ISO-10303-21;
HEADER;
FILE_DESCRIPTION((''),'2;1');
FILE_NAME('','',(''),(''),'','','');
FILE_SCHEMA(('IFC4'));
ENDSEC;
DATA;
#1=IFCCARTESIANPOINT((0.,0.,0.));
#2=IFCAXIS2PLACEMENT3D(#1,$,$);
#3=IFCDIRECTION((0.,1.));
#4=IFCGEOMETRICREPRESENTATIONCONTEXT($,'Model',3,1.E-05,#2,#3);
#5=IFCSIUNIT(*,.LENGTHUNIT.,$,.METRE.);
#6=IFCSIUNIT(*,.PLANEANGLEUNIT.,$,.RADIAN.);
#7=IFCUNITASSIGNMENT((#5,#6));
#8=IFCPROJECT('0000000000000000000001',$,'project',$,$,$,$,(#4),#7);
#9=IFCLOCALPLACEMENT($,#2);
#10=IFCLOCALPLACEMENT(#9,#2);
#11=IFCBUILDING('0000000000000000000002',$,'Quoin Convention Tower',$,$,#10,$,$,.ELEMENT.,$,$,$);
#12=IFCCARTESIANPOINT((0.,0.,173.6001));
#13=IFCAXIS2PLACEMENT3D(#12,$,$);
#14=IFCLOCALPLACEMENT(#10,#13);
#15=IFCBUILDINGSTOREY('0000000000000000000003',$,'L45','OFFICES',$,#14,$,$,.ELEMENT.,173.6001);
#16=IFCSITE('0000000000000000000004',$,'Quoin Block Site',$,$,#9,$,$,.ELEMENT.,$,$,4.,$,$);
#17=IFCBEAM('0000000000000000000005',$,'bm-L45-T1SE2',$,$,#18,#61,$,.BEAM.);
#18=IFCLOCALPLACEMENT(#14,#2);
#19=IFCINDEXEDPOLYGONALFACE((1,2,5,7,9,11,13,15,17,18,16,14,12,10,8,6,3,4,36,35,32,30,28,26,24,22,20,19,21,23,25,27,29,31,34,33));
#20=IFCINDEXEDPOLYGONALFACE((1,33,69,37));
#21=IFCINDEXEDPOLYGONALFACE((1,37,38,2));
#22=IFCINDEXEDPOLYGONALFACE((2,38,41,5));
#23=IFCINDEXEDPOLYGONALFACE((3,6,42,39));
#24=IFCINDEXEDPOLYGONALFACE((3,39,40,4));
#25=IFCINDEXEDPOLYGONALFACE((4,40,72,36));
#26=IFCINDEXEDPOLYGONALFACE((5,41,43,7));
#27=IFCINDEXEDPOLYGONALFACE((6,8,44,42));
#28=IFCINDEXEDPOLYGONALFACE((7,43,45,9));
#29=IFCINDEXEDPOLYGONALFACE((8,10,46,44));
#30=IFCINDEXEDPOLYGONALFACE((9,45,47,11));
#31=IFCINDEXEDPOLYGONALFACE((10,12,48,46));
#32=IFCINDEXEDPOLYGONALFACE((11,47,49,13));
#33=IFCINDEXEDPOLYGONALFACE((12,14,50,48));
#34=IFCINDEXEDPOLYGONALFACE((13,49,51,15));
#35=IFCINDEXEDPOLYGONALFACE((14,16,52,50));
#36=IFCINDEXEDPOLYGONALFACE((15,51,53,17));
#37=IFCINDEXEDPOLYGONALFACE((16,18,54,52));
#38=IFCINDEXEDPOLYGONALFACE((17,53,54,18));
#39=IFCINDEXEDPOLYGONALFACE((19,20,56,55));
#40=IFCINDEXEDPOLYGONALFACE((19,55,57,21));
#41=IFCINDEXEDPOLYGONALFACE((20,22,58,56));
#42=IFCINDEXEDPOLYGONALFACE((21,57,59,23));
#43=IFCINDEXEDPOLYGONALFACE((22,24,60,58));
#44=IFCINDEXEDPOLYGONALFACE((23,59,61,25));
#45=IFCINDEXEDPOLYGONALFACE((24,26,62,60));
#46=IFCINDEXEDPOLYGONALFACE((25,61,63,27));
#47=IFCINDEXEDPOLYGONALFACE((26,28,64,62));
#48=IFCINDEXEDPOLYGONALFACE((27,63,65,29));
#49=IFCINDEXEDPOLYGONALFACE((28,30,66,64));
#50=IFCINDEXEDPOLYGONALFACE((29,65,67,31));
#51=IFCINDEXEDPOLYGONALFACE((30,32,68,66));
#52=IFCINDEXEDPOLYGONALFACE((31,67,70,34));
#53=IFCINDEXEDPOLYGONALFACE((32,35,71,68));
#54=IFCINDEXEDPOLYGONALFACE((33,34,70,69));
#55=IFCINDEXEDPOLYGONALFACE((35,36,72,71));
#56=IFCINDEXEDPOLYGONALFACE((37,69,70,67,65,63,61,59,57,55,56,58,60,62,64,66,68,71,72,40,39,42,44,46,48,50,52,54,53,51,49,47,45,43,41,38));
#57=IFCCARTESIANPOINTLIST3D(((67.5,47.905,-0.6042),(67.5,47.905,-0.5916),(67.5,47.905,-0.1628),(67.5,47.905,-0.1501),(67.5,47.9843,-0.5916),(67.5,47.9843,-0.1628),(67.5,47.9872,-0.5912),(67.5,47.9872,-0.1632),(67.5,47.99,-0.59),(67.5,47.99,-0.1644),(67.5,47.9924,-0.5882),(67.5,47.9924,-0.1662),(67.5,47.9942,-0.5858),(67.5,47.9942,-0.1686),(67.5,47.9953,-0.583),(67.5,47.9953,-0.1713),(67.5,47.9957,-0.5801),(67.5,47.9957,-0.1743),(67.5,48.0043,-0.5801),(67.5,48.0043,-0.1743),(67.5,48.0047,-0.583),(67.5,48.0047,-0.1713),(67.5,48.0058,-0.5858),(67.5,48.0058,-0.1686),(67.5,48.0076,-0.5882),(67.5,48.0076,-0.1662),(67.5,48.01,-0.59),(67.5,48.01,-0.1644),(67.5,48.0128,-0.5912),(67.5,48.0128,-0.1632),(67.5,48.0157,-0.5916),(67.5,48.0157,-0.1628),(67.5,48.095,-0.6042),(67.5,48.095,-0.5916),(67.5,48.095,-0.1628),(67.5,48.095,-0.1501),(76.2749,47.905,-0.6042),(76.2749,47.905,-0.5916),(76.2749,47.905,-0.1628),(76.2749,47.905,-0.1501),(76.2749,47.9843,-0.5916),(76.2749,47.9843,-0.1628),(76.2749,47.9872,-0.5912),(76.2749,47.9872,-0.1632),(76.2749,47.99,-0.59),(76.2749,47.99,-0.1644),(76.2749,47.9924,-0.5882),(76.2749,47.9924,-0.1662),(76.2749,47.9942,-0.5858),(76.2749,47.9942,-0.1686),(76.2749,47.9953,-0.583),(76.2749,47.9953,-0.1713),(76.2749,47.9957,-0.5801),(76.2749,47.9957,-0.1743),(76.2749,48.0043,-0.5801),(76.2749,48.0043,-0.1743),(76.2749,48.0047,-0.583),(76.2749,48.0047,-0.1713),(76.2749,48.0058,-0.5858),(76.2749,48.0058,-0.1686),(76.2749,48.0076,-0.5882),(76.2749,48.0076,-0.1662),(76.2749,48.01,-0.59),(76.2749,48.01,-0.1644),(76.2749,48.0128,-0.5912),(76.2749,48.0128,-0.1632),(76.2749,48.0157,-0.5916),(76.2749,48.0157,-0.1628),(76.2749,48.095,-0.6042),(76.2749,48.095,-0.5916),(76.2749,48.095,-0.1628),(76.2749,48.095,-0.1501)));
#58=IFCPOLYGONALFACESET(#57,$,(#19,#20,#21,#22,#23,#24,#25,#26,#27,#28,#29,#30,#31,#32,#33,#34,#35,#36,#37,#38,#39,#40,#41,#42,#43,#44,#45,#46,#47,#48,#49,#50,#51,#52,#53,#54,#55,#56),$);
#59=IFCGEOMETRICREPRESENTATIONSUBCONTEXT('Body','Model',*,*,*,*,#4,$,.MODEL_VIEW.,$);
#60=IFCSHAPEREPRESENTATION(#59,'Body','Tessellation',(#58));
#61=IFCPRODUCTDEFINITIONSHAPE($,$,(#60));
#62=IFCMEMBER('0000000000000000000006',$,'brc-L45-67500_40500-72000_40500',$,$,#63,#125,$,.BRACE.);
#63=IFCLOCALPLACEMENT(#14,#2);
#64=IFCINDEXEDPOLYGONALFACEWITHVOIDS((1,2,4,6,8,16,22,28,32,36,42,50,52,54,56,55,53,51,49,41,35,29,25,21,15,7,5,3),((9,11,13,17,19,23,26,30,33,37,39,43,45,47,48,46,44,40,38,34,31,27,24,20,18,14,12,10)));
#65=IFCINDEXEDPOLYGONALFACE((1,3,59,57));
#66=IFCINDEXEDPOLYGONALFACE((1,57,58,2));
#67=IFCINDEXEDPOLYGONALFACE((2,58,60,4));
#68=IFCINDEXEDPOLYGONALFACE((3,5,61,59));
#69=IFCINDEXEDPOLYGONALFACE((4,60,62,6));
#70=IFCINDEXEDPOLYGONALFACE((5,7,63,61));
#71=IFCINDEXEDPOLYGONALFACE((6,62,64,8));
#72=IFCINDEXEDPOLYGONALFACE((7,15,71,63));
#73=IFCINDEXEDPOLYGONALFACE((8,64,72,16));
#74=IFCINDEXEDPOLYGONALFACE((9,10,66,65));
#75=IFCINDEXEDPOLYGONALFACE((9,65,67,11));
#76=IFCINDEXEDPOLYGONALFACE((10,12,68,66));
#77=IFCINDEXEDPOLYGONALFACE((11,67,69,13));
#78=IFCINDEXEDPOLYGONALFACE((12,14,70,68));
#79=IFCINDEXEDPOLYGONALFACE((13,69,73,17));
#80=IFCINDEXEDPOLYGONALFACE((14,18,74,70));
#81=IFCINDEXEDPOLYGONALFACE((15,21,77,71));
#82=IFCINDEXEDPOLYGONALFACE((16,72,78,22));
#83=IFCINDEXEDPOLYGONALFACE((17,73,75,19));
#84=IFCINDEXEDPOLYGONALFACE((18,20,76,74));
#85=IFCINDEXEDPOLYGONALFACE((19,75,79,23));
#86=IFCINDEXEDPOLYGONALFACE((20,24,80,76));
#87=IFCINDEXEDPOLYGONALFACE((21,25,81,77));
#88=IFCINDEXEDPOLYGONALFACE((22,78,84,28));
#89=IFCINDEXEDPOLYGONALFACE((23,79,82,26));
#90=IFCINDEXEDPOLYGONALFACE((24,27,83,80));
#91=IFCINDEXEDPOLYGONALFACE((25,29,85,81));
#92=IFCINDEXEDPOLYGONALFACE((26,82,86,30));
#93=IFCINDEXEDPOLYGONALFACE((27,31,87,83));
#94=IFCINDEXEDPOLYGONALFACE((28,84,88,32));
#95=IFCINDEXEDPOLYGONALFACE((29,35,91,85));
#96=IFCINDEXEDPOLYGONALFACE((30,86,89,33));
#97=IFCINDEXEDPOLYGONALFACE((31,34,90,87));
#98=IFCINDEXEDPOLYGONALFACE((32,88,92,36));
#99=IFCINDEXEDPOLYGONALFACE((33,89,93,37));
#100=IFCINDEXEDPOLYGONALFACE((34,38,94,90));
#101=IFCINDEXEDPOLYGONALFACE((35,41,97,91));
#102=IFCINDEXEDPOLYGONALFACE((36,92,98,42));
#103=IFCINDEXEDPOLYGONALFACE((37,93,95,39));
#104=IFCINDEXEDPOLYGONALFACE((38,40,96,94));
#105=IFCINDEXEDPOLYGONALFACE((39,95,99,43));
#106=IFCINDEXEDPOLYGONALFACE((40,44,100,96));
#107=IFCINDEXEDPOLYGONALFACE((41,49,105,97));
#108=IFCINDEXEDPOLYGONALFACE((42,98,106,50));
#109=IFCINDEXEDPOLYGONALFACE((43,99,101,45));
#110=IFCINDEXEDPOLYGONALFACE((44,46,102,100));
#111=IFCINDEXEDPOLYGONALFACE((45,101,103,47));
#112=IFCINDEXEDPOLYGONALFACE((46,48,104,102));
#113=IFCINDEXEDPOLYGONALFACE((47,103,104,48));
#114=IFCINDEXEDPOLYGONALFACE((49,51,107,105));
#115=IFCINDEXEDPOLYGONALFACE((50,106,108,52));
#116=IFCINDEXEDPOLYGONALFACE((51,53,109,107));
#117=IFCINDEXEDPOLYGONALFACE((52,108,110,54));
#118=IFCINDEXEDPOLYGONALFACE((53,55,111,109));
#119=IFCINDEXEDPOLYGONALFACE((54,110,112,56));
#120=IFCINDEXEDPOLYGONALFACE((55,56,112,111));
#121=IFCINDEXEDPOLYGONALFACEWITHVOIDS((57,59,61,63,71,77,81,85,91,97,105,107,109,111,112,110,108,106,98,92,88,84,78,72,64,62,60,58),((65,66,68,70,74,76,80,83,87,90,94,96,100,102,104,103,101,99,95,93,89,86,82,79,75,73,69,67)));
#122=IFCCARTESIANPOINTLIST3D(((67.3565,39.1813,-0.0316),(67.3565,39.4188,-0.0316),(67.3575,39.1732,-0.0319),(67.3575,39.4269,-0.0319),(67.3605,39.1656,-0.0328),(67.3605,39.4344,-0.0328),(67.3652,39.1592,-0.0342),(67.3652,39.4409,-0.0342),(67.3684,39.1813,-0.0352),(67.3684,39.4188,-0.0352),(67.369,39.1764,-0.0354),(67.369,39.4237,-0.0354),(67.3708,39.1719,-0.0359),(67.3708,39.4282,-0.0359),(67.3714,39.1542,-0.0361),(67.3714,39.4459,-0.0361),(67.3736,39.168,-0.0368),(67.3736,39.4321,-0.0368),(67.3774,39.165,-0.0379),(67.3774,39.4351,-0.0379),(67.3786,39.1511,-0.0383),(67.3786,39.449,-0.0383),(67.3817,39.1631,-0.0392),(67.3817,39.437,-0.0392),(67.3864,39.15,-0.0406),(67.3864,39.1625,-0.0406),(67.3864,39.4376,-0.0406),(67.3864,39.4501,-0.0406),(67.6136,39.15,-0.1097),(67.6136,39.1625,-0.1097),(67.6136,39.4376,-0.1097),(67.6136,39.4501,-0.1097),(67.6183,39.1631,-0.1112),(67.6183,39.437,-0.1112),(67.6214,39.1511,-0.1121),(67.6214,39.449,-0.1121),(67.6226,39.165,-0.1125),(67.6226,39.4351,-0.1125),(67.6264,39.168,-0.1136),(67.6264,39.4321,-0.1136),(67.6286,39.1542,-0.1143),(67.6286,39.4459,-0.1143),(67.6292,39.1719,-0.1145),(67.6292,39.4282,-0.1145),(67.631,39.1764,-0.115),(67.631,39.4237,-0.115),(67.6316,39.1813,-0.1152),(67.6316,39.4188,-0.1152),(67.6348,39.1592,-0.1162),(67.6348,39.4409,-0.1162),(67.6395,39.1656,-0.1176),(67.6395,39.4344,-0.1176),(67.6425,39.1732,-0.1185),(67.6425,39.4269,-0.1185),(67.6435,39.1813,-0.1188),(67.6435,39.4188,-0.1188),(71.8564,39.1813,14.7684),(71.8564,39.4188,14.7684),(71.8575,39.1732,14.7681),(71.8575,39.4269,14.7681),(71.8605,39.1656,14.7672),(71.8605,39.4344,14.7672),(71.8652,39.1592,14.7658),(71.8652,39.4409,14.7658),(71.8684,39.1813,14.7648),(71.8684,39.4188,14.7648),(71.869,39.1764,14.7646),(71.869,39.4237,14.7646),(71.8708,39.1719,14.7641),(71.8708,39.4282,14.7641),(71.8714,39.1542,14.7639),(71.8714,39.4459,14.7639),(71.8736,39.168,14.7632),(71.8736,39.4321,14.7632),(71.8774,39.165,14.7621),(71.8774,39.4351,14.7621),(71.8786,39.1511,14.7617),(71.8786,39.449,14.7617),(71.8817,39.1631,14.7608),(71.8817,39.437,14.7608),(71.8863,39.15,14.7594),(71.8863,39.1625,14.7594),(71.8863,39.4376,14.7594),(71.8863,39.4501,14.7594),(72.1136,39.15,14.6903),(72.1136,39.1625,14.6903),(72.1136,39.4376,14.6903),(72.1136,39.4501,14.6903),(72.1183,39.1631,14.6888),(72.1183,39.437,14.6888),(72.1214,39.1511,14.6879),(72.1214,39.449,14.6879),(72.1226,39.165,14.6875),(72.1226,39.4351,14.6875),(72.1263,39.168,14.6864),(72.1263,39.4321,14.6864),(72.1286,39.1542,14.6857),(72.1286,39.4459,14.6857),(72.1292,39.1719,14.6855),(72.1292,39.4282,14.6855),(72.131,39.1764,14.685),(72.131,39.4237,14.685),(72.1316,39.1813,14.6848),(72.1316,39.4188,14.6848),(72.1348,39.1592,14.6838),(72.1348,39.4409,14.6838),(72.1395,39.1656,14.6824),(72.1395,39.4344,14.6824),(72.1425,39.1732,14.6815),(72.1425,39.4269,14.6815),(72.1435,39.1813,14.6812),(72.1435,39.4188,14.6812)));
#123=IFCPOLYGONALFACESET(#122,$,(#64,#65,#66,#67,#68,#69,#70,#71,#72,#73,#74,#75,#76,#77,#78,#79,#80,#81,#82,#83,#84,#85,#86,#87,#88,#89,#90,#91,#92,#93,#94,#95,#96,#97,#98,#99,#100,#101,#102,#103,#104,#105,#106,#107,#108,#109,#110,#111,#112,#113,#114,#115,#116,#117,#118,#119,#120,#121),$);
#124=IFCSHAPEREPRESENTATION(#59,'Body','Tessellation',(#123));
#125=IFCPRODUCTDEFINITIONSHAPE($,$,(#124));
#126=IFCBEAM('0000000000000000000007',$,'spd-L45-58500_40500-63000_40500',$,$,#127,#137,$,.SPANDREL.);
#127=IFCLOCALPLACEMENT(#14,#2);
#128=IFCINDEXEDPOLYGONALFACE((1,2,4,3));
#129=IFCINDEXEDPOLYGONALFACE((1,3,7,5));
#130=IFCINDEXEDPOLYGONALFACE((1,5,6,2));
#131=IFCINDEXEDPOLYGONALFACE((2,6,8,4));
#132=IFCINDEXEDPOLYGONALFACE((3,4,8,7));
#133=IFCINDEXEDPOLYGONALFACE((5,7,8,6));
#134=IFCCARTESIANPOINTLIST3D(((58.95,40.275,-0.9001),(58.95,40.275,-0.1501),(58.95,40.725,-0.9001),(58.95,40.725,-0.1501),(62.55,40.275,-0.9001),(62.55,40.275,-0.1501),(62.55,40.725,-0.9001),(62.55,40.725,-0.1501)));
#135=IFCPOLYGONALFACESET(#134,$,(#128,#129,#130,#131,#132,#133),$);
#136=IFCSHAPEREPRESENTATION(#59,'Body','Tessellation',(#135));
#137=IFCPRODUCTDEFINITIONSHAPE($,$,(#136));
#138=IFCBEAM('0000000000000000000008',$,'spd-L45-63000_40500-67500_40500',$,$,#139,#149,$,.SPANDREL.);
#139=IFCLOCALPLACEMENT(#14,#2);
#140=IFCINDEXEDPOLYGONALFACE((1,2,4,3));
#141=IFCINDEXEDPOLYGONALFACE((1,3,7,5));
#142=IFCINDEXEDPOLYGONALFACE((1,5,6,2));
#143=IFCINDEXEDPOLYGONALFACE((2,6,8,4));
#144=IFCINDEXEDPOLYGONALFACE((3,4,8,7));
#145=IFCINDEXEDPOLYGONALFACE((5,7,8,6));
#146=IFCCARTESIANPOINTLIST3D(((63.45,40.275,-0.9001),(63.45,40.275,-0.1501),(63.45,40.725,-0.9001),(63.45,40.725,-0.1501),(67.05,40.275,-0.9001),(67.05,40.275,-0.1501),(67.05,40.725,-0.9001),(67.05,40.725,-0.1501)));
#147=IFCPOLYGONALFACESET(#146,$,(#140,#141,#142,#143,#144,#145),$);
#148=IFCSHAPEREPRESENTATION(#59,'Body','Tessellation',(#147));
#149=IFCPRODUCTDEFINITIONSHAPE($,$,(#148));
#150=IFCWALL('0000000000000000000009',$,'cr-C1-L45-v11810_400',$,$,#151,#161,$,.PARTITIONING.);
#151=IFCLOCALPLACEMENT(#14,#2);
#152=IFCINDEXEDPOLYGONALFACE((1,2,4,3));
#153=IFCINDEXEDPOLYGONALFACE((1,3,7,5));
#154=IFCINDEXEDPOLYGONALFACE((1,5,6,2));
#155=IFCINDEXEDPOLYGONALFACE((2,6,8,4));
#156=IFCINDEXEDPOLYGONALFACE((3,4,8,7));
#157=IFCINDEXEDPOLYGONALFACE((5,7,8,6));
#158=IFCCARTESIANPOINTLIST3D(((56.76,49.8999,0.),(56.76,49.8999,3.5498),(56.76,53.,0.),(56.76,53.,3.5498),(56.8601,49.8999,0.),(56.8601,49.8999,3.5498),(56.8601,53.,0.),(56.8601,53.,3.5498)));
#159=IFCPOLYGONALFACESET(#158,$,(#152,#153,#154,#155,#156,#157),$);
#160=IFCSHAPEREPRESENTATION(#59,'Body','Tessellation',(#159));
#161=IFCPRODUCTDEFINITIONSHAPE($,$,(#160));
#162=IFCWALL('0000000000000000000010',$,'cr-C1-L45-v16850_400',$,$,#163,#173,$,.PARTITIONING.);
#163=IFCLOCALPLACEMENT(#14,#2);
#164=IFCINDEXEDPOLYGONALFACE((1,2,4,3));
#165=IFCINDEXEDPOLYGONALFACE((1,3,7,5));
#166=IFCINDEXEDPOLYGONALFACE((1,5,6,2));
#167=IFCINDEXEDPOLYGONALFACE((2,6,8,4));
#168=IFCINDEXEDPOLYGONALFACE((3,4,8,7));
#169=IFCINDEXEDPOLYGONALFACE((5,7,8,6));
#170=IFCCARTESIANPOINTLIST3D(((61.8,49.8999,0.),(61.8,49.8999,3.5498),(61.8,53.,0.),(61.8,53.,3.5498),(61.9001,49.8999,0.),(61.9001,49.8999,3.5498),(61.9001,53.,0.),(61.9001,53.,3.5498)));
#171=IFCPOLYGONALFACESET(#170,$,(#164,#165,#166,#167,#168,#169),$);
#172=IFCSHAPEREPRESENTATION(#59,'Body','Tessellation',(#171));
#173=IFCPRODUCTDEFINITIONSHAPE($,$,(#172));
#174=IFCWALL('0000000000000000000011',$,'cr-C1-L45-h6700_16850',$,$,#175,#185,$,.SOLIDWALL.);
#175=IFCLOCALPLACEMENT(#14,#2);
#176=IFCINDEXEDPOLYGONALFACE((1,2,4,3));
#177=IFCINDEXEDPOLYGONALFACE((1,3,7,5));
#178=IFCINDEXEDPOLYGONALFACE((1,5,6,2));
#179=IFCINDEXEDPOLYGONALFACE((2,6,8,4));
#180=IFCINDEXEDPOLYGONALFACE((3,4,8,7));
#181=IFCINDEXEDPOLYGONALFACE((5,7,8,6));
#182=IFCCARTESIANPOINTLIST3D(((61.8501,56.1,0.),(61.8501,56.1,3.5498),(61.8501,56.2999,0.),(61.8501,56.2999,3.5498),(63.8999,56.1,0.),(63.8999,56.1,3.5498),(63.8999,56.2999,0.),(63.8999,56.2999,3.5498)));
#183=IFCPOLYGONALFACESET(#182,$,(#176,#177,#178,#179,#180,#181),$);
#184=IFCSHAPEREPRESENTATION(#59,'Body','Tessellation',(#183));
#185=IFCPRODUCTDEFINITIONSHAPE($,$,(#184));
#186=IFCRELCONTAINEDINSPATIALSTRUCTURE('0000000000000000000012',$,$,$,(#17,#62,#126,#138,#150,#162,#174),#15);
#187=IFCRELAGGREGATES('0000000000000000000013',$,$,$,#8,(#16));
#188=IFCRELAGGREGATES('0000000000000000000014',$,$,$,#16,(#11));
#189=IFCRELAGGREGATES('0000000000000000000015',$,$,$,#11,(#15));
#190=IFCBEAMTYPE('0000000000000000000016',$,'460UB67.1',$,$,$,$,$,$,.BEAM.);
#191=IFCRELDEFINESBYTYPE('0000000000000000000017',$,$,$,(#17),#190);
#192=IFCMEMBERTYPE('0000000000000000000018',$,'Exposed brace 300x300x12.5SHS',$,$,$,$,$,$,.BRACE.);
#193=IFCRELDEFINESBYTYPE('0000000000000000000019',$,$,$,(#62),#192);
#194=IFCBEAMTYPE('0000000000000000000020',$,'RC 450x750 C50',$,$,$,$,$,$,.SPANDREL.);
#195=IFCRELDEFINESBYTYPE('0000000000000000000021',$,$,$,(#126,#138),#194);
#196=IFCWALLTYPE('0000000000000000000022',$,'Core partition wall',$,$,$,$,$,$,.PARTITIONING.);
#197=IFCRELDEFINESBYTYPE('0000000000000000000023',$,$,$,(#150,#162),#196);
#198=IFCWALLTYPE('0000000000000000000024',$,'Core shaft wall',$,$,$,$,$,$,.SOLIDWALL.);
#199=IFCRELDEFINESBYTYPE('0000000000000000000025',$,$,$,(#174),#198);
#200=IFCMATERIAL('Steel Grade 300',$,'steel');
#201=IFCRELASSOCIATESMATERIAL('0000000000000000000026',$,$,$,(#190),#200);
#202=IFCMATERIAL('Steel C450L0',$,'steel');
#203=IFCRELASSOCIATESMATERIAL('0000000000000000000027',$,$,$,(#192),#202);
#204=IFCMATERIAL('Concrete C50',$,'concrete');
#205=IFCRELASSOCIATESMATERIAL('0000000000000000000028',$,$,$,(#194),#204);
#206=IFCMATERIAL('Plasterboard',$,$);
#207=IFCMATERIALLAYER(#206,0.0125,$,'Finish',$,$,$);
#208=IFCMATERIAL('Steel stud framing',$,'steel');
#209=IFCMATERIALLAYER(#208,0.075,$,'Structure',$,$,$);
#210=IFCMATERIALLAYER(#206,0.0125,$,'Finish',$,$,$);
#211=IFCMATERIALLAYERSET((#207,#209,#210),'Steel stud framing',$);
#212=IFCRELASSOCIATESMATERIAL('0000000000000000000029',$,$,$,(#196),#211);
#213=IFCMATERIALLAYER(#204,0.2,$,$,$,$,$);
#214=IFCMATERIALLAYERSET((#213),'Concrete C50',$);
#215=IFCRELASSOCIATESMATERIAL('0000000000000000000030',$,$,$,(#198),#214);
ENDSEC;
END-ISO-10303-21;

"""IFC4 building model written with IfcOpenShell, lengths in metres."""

from ifc_helpers import new_model, si_unit, direction, frame, frame_2d, origin, origin_2d, place, context, subcontext, project, spatial, rectangle, hollow_rectangle, i_section, extrude, material, layer, layer_set, material_profile, profile_set, type_object, element, save


model = new_model("IFC4")

# Units and contexts
model_context = context("Model", 3, precision=1e-05, world=origin(), true_north=direction((0.0, 1.0)))
body_context = subcontext(model_context, "Body", "Model", "MODEL_VIEW")
ifc_project = project(units=[si_unit("LENGTHUNIT", "METRE"), si_unit("PLANEANGLEUNIT", "RADIAN")], contexts=[model_context])

# Site, building, storey
site_placement = place(None, origin())
site = spatial("IfcSite", under=ifc_project, at=site_placement, Name="Quoin Block Site", CompositionType="ELEMENT", RefElevation=4.0)
building_placement = place(site_placement, origin())
building = spatial("IfcBuilding", under=site, at=building_placement, Name="Quoin Convention Tower", CompositionType="ELEMENT")
storey_placement = place(building_placement, frame((0.0, 0.0, 173.6001)))
storey = spatial("IfcBuildingStorey", under=building, at=storey_placement, Name="L45", Description="OFFICES", CompositionType="ELEMENT", Elevation=173.6001)

# Shared definitions
ifc_material_1 = material(Name="Concrete C50", Category="concrete")

# Beam
ifc_material_2 = material(Name="Steel Grade 300", Category="steel")
ifc_material_profile_1 = material_profile(ifc_material_2, i_section(OverallWidth=0.1899, OverallDepth=0.4541, WebThickness=0.0085, FlangeThickness=0.0127, FilletRadius=0.0115, at=origin_2d()), Name="460UB67.1")
ifc_profile_set_1 = profile_set([ifc_material_profile_1], Name="Steel Grade 300")
beam_type_1 = type_object("IfcBeamType", Name="460UB67.1", PredefinedType="BEAM", material=ifc_profile_set_1)
beam_1_placement = place(storey_placement, frame((67.5, 48.0, -0.3772), z_axis=(1.0, 0.0, 0.0), x_axis=(0.0, 1.0, 0.0)))
element("IfcBeam", 1, at=beam_1_placement, inside=storey, type_object=beam_type_1, Name="bm-L45-T1SE2", PredefinedType="BEAM", context=body_context, shape_type="SweptSolid", body=[
    extrude(i_section(OverallWidth=0.1899, OverallDepth=0.4541, WebThickness=0.0085, FlangeThickness=0.0127, FilletRadius=0.0115, at=origin_2d()), origin(), (0.0, 0.0, 1.0), 8.7749),
])

# Member
ifc_material_3 = material(Name="Steel C450L0", Category="steel")
ifc_material_profile_2 = material_profile(ifc_material_3, hollow_rectangle(XDim=0.3, YDim=0.3, WallThickness=0.0125, InnerFilletRadius=0.0188, OuterFilletRadius=0.0312, at=origin_2d()), Name="300x300x12.5SHS")
ifc_profile_set_2 = profile_set([ifc_material_profile_2], Name="Steel C450L0")
member_type = type_object("IfcMemberType", Name="Exposed brace 300x300x12.5SHS", PredefinedType="BRACE", material=ifc_profile_set_2)
member_placement = place(storey_placement, frame((67.5, 39.3, -0.0752), z_axis=(0.290903, 0.0, 0.956752), x_axis=(0.0, 1.0, 0.0)))
element("IfcMember", 2, at=member_placement, inside=storey, type_object=member_type, Name="brc-L45-67500_40500-72000_40500", PredefinedType="BRACE", context=body_context, shape_type="SweptSolid", body=[
    extrude(hollow_rectangle(XDim=0.3, YDim=0.3, WallThickness=0.0125, InnerFilletRadius=0.0188, OuterFilletRadius=0.0312, at=origin_2d()), origin(), (0.0, 0.0, 1.0), 15.469),
])

# Beams
ifc_material_profile_3 = material_profile(ifc_material_1, rectangle(XDim=0.45, YDim=0.75, at=origin_2d()), Name="RC 450x750")
ifc_profile_set_3 = profile_set([ifc_material_profile_3], Name="Concrete C50")
beam_type_2 = type_object("IfcBeamType", Name="RC 450x750 C50", PredefinedType="SPANDREL", material=ifc_profile_set_3)
for number, where, z_axis, x_axis, name in (
    (3, (58.95, 40.5, -0.5251), (1.0, 0.0, 0.0), (0.0, 1.0, 0.0), "spd-L45-58500_40500-63000_40500"),
    (4, (63.45, 40.5, -0.5251), (1.0, 0.0, 0.0), (0.0, 1.0, 0.0), "spd-L45-63000_40500-67500_40500"),
):
    element("IfcBeam", number, at=place(storey_placement, frame(where, z_axis=z_axis, x_axis=x_axis)), inside=storey, type_object=beam_type_2, Name=name, PredefinedType="SPANDREL", context=body_context, shape_type="SweptSolid", body=[
        extrude(rectangle(XDim=0.45, YDim=0.75, at=origin_2d()), origin(), (0.0, 0.0, 1.0), 3.6001),
    ])

# Walls
ifc_material_4 = material(Name="Plasterboard")
ifc_layer_1 = layer(ifc_material_4, 0.0125, Name="Finish")
ifc_material_5 = material(Name="Steel stud framing", Category="steel")
ifc_layer_2 = layer(ifc_material_5, 0.075, Name="Structure")
ifc_layer_3 = layer(ifc_material_4, 0.0125, Name="Finish")
ifc_layer_set_1 = layer_set([ifc_layer_1, ifc_layer_2, ifc_layer_3], Name="Steel stud framing")
wall_type_1 = type_object("IfcWallType", Name="Core partition wall", PredefinedType="PARTITIONING", material=ifc_layer_set_1)
for number, where, z_axis, x_axis, name in (
    (5, (56.8101, 49.8999, 0.0), (0.0, 0.0, 1.0), (0.0, 1.0, 0.0), "cr-C1-L45-v11810_400"),
    (6, (61.8501, 49.8999, 0.0), (0.0, 0.0, 1.0), (0.0, 1.0, 0.0), "cr-C1-L45-v16850_400"),
):
    element("IfcWall", number, at=place(storey_placement, frame(where, z_axis=z_axis, x_axis=x_axis)), inside=storey, type_object=wall_type_1, Name=name, PredefinedType="PARTITIONING", context=body_context, shape_type="SweptSolid", body=[
        extrude(rectangle(XDim=3.1001, YDim=0.1001, at=frame_2d((1.55, 0.0))), origin(), (0.0, 0.0, 1.0), 3.5498),
    ])
ifc_layer_4 = layer(ifc_material_1, 0.2)
ifc_layer_set_2 = layer_set([ifc_layer_4], Name="Concrete C50")
wall_type_2 = type_object("IfcWallType", Name="Core shaft wall", PredefinedType="SOLIDWALL", material=ifc_layer_set_2)
wall_1_placement = place(storey_placement, frame((61.8501, 56.2, 0.0), z_axis=(0.0, 0.0, 1.0), x_axis=(1.0, 0.0, 0.0)))
element("IfcWall", 7, at=wall_1_placement, inside=storey, type_object=wall_type_2, Name="cr-C1-L45-h6700_16850", PredefinedType="SOLIDWALL", context=body_context, shape_type="SweptSolid", body=[
    extrude(rectangle(XDim=2.0498, YDim=0.2, at=frame_2d((1.0249, 0.0))), origin(), (0.0, 0.0, 1.0), 3.5498),
])

save(model, "model.ifc")
